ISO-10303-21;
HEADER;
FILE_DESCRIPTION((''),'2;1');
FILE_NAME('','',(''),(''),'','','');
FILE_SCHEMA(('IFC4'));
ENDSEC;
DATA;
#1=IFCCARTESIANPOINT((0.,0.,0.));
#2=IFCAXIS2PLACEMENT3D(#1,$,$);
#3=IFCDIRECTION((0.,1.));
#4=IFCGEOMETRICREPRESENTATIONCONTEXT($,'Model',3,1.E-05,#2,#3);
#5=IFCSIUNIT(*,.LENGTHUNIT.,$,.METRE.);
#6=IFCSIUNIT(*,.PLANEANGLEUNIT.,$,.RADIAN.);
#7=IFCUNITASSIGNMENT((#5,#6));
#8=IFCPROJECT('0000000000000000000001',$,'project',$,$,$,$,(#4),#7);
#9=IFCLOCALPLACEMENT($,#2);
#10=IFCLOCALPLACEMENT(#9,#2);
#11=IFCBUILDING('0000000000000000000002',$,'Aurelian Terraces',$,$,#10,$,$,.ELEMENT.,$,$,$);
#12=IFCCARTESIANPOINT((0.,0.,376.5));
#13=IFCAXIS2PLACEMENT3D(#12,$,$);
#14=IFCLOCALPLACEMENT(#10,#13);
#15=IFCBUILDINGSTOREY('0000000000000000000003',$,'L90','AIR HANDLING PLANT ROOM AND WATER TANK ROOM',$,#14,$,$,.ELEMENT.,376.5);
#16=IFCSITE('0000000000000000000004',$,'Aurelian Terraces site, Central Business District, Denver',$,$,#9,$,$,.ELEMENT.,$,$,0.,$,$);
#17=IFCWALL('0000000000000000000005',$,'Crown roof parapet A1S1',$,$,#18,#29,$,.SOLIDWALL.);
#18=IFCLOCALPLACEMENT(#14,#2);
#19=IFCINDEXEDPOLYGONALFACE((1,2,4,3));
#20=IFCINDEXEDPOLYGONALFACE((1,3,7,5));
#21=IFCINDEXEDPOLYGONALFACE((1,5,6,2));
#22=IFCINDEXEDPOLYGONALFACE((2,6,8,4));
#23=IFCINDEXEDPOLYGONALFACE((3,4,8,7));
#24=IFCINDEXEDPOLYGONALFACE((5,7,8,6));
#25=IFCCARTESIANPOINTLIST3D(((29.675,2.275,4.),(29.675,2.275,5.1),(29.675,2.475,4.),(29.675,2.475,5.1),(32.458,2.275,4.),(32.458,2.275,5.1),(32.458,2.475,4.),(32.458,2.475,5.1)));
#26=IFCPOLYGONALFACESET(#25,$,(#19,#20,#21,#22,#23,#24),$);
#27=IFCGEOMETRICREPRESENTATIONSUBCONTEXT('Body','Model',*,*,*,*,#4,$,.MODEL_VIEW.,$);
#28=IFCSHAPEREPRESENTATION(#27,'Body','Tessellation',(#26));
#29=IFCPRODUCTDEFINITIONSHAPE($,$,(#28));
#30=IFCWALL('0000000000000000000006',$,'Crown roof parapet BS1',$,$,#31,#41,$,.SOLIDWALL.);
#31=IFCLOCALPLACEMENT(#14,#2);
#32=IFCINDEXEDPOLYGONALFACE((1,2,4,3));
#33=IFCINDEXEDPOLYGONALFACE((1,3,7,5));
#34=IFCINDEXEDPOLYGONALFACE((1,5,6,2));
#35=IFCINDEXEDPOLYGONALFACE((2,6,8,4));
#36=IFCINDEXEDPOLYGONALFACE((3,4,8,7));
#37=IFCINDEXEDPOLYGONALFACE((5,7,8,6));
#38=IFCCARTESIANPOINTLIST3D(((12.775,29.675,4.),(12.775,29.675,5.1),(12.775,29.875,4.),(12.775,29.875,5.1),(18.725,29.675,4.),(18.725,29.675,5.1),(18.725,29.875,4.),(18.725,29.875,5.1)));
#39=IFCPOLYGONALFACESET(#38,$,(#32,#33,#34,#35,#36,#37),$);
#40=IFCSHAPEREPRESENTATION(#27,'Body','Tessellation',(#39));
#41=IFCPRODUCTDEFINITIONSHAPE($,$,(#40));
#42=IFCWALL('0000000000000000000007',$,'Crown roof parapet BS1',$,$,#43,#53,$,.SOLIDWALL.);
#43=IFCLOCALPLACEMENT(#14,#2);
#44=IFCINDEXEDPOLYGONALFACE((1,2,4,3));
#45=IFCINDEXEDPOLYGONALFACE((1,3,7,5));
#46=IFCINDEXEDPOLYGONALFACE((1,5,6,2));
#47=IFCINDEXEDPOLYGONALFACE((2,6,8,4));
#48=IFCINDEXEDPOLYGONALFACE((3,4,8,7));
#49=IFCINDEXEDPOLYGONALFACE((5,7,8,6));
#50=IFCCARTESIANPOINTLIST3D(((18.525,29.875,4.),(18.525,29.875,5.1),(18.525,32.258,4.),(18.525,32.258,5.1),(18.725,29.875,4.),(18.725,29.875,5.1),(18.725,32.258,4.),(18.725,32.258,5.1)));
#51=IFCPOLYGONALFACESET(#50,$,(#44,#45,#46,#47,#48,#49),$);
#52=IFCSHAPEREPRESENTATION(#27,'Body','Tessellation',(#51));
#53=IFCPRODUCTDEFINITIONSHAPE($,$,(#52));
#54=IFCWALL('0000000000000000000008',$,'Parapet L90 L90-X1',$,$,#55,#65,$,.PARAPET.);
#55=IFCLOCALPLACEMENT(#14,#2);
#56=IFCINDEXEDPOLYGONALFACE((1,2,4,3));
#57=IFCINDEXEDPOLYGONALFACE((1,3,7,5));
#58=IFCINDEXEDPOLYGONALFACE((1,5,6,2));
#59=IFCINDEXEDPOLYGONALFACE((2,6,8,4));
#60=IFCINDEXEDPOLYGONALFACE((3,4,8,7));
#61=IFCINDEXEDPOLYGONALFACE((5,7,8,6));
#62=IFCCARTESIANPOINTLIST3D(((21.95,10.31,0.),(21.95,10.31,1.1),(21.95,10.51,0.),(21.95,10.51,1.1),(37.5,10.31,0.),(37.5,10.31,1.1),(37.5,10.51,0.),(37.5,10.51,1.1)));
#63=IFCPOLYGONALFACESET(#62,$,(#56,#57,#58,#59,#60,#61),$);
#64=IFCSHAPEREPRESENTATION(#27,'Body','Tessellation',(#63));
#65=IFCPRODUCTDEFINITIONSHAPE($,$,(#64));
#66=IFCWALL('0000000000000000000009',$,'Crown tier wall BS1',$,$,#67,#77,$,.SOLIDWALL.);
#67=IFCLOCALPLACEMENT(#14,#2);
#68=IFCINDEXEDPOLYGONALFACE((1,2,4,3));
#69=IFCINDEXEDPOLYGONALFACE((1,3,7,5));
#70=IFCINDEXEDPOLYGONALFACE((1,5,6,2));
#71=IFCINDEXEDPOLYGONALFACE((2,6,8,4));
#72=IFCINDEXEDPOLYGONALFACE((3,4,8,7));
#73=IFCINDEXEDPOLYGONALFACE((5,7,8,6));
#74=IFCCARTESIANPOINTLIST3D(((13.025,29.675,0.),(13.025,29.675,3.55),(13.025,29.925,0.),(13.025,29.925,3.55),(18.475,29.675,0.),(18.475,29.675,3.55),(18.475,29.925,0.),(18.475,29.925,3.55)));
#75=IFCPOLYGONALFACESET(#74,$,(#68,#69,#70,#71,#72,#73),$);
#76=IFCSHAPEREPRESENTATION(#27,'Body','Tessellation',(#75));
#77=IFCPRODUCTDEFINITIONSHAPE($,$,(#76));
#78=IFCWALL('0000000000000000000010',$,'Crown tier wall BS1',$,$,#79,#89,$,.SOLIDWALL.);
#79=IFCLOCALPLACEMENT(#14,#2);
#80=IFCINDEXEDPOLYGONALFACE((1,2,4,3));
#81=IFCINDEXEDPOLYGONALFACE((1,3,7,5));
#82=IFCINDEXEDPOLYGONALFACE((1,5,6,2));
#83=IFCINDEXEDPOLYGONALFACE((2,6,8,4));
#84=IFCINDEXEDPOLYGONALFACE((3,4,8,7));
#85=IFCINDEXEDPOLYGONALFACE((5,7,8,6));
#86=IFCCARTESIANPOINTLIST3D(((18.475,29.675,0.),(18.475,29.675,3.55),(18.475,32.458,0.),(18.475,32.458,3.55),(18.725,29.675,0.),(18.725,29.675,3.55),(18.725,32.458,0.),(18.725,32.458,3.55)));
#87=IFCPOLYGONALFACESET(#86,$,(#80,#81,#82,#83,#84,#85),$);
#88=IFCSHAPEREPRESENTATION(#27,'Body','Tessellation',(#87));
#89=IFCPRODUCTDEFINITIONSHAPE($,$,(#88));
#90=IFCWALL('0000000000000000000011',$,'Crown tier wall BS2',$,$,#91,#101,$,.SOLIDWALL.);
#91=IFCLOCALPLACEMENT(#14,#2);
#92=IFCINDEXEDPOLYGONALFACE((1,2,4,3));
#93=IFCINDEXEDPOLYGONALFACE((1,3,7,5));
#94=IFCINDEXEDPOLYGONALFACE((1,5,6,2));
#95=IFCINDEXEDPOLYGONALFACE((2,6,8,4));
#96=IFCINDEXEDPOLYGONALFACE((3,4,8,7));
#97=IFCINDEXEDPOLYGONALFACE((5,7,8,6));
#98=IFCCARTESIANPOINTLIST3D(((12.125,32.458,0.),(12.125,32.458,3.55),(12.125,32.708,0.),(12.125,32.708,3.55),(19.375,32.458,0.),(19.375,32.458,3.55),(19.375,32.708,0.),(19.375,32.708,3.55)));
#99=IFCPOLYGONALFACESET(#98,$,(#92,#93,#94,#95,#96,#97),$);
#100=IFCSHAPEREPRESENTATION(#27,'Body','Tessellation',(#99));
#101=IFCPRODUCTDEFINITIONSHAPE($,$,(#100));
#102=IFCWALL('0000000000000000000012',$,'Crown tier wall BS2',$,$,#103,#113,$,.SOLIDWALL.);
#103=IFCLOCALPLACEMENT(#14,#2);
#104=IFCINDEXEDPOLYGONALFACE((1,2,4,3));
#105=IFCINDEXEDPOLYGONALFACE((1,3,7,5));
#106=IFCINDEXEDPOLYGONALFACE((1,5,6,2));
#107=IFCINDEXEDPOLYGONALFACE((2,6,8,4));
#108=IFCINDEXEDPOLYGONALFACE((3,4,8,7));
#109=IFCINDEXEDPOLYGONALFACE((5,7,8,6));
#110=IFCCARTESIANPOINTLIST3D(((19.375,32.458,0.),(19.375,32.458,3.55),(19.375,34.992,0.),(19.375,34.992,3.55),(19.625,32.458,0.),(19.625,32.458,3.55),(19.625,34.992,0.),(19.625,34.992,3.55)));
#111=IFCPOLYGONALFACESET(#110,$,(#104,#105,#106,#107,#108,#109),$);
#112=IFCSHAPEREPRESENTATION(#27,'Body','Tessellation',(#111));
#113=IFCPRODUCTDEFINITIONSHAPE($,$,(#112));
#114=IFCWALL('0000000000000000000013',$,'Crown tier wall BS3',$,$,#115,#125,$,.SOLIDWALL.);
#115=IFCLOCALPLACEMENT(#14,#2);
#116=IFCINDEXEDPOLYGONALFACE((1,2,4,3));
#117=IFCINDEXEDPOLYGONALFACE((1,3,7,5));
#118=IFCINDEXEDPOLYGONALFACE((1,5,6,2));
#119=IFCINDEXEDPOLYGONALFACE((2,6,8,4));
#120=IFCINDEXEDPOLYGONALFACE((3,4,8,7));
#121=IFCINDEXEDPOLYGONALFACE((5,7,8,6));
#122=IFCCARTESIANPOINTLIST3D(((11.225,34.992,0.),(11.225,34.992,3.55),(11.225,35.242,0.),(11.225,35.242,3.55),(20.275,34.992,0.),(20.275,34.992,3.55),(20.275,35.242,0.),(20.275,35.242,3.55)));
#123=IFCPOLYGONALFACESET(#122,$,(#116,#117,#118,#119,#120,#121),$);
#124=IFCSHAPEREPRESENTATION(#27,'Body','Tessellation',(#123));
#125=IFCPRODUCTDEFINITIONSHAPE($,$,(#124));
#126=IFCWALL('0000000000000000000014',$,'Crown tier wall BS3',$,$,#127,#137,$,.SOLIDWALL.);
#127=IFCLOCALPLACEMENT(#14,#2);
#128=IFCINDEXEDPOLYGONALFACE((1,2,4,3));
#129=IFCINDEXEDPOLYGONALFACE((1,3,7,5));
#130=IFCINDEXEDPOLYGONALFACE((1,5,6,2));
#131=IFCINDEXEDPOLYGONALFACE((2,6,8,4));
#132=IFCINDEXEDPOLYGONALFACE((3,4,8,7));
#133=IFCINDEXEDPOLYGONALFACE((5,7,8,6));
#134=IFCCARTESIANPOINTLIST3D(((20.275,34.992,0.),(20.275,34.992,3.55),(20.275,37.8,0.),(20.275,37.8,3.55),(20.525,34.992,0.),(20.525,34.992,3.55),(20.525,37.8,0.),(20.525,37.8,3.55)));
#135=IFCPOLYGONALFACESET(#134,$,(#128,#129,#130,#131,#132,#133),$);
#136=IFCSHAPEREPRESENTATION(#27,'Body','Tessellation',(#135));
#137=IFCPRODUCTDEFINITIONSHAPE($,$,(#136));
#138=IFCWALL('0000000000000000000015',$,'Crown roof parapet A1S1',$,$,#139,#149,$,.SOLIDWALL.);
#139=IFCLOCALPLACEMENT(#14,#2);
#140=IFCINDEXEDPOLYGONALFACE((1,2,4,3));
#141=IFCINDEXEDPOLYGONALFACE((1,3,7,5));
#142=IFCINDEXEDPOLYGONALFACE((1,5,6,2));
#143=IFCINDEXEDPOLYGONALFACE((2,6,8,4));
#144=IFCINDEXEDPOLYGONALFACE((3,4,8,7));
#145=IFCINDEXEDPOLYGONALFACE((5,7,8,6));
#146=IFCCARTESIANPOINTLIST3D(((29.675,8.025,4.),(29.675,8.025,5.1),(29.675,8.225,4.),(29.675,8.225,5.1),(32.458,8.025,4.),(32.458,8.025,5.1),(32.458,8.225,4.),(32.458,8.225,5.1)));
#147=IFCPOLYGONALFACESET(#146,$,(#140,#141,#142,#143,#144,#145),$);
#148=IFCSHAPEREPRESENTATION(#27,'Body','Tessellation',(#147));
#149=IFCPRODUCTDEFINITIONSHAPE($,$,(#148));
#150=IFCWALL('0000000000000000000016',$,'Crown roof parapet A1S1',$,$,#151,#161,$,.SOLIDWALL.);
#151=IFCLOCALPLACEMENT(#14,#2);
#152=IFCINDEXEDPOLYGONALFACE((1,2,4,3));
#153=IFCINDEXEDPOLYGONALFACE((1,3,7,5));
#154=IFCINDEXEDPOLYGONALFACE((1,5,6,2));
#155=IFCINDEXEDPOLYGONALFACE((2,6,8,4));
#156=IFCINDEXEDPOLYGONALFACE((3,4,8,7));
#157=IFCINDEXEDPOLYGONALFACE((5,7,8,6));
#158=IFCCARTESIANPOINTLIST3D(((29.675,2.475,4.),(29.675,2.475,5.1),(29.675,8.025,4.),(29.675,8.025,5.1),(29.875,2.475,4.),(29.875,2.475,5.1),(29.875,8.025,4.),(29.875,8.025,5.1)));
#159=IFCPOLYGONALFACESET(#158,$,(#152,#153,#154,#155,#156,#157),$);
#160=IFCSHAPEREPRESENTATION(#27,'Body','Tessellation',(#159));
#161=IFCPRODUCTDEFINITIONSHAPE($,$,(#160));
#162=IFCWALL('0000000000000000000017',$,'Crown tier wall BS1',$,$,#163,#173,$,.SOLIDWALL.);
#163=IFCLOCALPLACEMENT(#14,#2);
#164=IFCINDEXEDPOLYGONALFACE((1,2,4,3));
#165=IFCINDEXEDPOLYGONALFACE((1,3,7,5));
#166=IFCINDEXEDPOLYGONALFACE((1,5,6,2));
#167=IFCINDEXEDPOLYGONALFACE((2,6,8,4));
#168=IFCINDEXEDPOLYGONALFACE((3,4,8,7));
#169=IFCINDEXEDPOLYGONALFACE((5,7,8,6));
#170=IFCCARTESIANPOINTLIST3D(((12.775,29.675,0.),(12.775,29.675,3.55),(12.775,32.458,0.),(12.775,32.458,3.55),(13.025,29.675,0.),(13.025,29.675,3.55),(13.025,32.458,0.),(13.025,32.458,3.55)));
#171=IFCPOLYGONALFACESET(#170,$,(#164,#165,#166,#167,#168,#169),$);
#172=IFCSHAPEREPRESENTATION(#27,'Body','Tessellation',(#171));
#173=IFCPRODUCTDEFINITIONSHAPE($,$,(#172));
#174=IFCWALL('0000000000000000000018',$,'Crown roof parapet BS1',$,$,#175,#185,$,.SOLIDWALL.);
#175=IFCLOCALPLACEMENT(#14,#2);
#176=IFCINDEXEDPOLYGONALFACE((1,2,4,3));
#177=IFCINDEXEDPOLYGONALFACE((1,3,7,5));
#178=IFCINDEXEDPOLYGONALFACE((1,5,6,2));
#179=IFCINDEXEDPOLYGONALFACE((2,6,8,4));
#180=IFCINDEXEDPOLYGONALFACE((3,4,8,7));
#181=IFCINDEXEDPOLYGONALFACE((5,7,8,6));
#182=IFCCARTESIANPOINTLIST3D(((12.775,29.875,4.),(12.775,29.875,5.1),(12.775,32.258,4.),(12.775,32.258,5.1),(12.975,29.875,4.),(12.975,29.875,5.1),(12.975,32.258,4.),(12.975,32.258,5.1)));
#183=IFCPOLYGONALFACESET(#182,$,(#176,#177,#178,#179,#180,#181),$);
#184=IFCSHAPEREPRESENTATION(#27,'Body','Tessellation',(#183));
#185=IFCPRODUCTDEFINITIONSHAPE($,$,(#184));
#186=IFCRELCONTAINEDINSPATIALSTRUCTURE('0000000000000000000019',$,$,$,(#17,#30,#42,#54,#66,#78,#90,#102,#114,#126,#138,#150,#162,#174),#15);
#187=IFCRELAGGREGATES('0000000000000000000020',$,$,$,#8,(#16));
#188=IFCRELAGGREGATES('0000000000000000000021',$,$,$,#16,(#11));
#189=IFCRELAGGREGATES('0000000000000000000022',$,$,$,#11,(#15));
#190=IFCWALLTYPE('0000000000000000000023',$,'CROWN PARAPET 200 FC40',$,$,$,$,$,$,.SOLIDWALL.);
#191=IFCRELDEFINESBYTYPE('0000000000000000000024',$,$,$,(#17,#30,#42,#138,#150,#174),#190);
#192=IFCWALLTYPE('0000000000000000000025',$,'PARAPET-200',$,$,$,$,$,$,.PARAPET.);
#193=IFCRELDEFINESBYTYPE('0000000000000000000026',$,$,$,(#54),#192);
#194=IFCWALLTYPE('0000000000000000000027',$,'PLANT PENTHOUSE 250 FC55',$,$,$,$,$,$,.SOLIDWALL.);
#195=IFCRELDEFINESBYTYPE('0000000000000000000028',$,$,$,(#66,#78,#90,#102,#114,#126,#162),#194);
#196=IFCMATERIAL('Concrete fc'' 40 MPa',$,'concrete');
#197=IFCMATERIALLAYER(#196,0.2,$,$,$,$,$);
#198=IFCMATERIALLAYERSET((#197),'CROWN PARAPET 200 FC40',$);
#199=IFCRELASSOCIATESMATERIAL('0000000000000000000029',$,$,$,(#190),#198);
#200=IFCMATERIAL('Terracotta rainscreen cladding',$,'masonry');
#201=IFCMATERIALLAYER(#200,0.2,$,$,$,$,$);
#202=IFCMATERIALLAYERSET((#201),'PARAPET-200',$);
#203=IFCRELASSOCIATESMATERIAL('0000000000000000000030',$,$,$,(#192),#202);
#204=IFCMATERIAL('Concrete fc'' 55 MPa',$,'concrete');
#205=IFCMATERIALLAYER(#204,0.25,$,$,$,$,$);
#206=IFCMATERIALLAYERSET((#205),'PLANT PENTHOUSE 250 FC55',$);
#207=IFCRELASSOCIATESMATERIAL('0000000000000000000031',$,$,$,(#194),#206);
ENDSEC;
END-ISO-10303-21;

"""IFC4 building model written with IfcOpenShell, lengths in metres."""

from ifc_helpers import new_model, si_unit, direction, frame, frame_2d, origin, place, context, subcontext, project, spatial, rectangle, extrude, source, transform, mapped, material, layer, layer_set, type_object, element, save


model = new_model("IFC4")

# Units and contexts
model_context = context("Model", 3, precision=1e-05, world=origin(), true_north=direction((0.0, 1.0)))
body_context = subcontext(model_context, "Body", "Model", "MODEL_VIEW")
ifc_project = project(units=[si_unit("LENGTHUNIT", "METRE"), si_unit("PLANEANGLEUNIT", "RADIAN")], contexts=[model_context])

# Site, building, storey
site_placement = place(None, origin())
site = spatial("IfcSite", under=ifc_project, at=site_placement, Name="Aurelian Terraces site, Central Business District, Denver", CompositionType="ELEMENT", RefElevation=0.0)
building_placement = place(site_placement, origin())
building = spatial("IfcBuilding", under=site, at=building_placement, Name="Aurelian Terraces", CompositionType="ELEMENT")
storey_placement = place(building_placement, frame((0.0, 0.0, 376.5)))
storey = spatial("IfcBuildingStorey", under=building, at=storey_placement, Name="L90", Description="AIR HANDLING PLANT ROOM AND WATER TANK ROOM", CompositionType="ELEMENT", Elevation=376.5)

# Shared definitions
ifc_material_1 = material(Name="Concrete fc' 40 MPa", Category="concrete")

# Walls
ifc_layer_1 = layer(ifc_material_1, 0.2)
ifc_layer_set_1 = layer_set([ifc_layer_1], Name="CROWN PARAPET 200 FC40")
wall_type_1 = type_object("IfcWallType", Name="CROWN PARAPET 200 FC40", PredefinedType="SOLIDWALL", material=ifc_layer_set_1)
wall_1_placement = place(storey_placement, frame((29.675, 2.375, 4.0), z_axis=(0.0, 0.0, 1.0), x_axis=(1.0, 0.0, 0.0)))
element("IfcWall", 1, at=wall_1_placement, inside=storey, type_object=wall_type_1, Name="Crown roof parapet A1S1", PredefinedType="SOLIDWALL", context=body_context, shape_type="SweptSolid", body=[
    extrude(rectangle(XDim=2.783, YDim=0.2, at=frame_2d((1.3915, 0.0))), origin(), (0.0, 0.0, 1.0), 1.1),
])
wall_2_placement = place(storey_placement, frame((12.775, 29.775, 4.0), z_axis=(0.0, 0.0, 1.0), x_axis=(1.0, 0.0, 0.0)))
element("IfcWall", 2, at=wall_2_placement, inside=storey, type_object=wall_type_1, Name="Crown roof parapet BS1", PredefinedType="SOLIDWALL", context=body_context, shape_type="SweptSolid", body=[
    extrude(rectangle(XDim=5.95, YDim=0.2, at=frame_2d((2.975, 0.0))), origin(), (0.0, 0.0, 1.0), 1.1),
])
wall_3_placement = place(storey_placement, frame((18.625, 29.875, 4.0), z_axis=(0.0, 0.0, 1.0), x_axis=(0.0, 1.0, 0.0)))
element("IfcWall", 3, at=wall_3_placement, inside=storey, type_object=wall_type_1, Name="Crown roof parapet BS1", PredefinedType="SOLIDWALL", context=body_context, shape_type="SweptSolid", body=[
    extrude(rectangle(XDim=2.383, YDim=0.2, at=frame_2d((1.1915, 0.0))), origin(), (0.0, 0.0, 1.0), 1.1),
])
ifc_material_2 = material(Name="Terracotta rainscreen cladding", Category="masonry")
ifc_layer_2 = layer(ifc_material_2, 0.2)
ifc_layer_set_2 = layer_set([ifc_layer_2], Name="PARAPET-200")
wall_type_2 = type_object("IfcWallType", Name="PARAPET-200", PredefinedType="PARAPET", material=ifc_layer_set_2)
wall_4_placement = place(storey_placement, frame((21.95, 10.41, 0.0), z_axis=(0.0, 0.0, 1.0), x_axis=(1.0, 0.0, 0.0)))
element("IfcWall", 4, at=wall_4_placement, inside=storey, type_object=wall_type_2, Name="Parapet L90 L90-X1", PredefinedType="PARAPET", context=body_context, shape_type="SweptSolid", body=[
    extrude(rectangle(XDim=15.55, YDim=0.2, at=frame_2d((7.775, 0.0))), origin(), (0.0, 0.0, 1.0), 1.1),
])
ifc_material_3 = material(Name="Concrete fc' 55 MPa", Category="concrete")
ifc_layer_3 = layer(ifc_material_3, 0.25)
ifc_layer_set_3 = layer_set([ifc_layer_3], Name="PLANT PENTHOUSE 250 FC55")
wall_type_3 = type_object("IfcWallType", Name="PLANT PENTHOUSE 250 FC55", PredefinedType="SOLIDWALL", material=ifc_layer_set_3)
wall_5_placement = place(storey_placement, frame((13.025, 29.8, 0.0), z_axis=(0.0, 0.0, 1.0), x_axis=(1.0, 0.0, 0.0)))
element("IfcWall", 5, at=wall_5_placement, inside=storey, type_object=wall_type_3, Name="Crown tier wall BS1", PredefinedType="SOLIDWALL", context=body_context, shape_type="SweptSolid", body=[
    extrude(rectangle(XDim=5.45, YDim=0.25, at=frame_2d((2.725, 0.0))), origin(), (0.0, 0.0, 1.0), 3.55),
])
wall_6_placement = place(storey_placement, frame((18.6, 29.675, 0.0), z_axis=(0.0, 0.0, 1.0), x_axis=(0.0, 1.0, 0.0)))
element("IfcWall", 6, at=wall_6_placement, inside=storey, type_object=wall_type_3, Name="Crown tier wall BS1", PredefinedType="SOLIDWALL", context=body_context, shape_type="SweptSolid", body=[
    extrude(rectangle(XDim=2.783, YDim=0.25, at=frame_2d((1.3915, 0.0))), origin(), (0.0, 0.0, 1.0), 3.55),
])
wall_7_placement = place(storey_placement, frame((12.125, 32.583, 0.0), z_axis=(0.0, 0.0, 1.0), x_axis=(1.0, 0.0, 0.0)))
element("IfcWall", 7, at=wall_7_placement, inside=storey, type_object=wall_type_3, Name="Crown tier wall BS2", PredefinedType="SOLIDWALL", context=body_context, shape_type="SweptSolid", body=[
    extrude(rectangle(XDim=7.25, YDim=0.25, at=frame_2d((3.625, 0.0))), origin(), (0.0, 0.0, 1.0), 3.55),
])
wall_8_placement = place(storey_placement, frame((19.5, 32.458, 0.0), z_axis=(0.0, 0.0, 1.0), x_axis=(0.0, 1.0, 0.0)))
element("IfcWall", 8, at=wall_8_placement, inside=storey, type_object=wall_type_3, Name="Crown tier wall BS2", PredefinedType="SOLIDWALL", context=body_context, shape_type="SweptSolid", body=[
    extrude(rectangle(XDim=2.534, YDim=0.25, at=frame_2d((1.267, 0.0))), origin(), (0.0, 0.0, 1.0), 3.55),
])
wall_9_placement = place(storey_placement, frame((11.225, 35.117, 0.0), z_axis=(0.0, 0.0, 1.0), x_axis=(1.0, 0.0, 0.0)))
element("IfcWall", 9, at=wall_9_placement, inside=storey, type_object=wall_type_3, Name="Crown tier wall BS3", PredefinedType="SOLIDWALL", context=body_context, shape_type="SweptSolid", body=[
    extrude(rectangle(XDim=9.05, YDim=0.25, at=frame_2d((4.525, 0.0))), origin(), (0.0, 0.0, 1.0), 3.55),
])
wall_10_placement = place(storey_placement, frame((20.4, 34.992, 0.0), z_axis=(0.0, 0.0, 1.0), x_axis=(0.0, 1.0, 0.0)))
element("IfcWall", 10, at=wall_10_placement, inside=storey, type_object=wall_type_3, Name="Crown tier wall BS3", PredefinedType="SOLIDWALL", context=body_context, shape_type="SweptSolid", body=[
    extrude(rectangle(XDim=2.808, YDim=0.25, at=frame_2d((1.404, 0.0))), origin(), (0.0, 0.0, 1.0), 3.55),
])
shared_shape_1 = source(origin(), body_context, "Body", "SweptSolid", [
    extrude(rectangle(XDim=2.783, YDim=0.2, at=frame_2d((1.3915, 0.0))), origin(), (0.0, 0.0, 1.0), 1.1),
])
wall_11_placement = place(storey_placement, frame((29.675, 8.125, 4.0), z_axis=(0.0, 0.0, 1.0), x_axis=(1.0, 0.0, 0.0)))
element("IfcWall", 11, at=wall_11_placement, inside=storey, type_object=wall_type_1, Name="Crown roof parapet A1S1", PredefinedType="SOLIDWALL", context=body_context, shape_type="MappedRepresentation", body=[
    mapped(shared_shape_1, transform((0.0, 0.0, 0.0), scale=1.0)),
])
shared_shape_2 = source(origin(), body_context, "Body", "SweptSolid", [
    extrude(rectangle(XDim=5.55, YDim=0.2, at=frame_2d((2.775, 0.0))), origin(), (0.0, 0.0, 1.0), 1.1),
])
wall_12_placement = place(storey_placement, frame((29.775, 2.475, 4.0), z_axis=(0.0, 0.0, 1.0), x_axis=(0.0, 1.0, 0.0)))
element("IfcWall", 12, at=wall_12_placement, inside=storey, type_object=wall_type_1, Name="Crown roof parapet A1S1", PredefinedType="SOLIDWALL", context=body_context, shape_type="MappedRepresentation", body=[
    mapped(shared_shape_2, transform((0.0, 0.0, 0.0), scale=1.0)),
])
shared_shape_3 = source(origin(), body_context, "Body", "SweptSolid", [
    extrude(rectangle(XDim=2.783, YDim=0.25, at=frame_2d((1.3915, 0.0))), origin(), (0.0, 0.0, 1.0), 3.55),
])
wall_13_placement = place(storey_placement, frame((12.9, 32.458, 0.0), z_axis=(0.0, 0.0, 1.0), x_axis=(0.0, -1.0, 0.0)))
element("IfcWall", 13, at=wall_13_placement, inside=storey, type_object=wall_type_3, Name="Crown tier wall BS1", PredefinedType="SOLIDWALL", context=body_context, shape_type="MappedRepresentation", body=[
    mapped(shared_shape_3, transform((0.0, 0.0, 0.0), scale=1.0)),
])
shared_shape_4 = source(origin(), body_context, "Body", "SweptSolid", [
    extrude(rectangle(XDim=2.383, YDim=0.2, at=frame_2d((1.1915, 0.0))), origin(), (0.0, 0.0, 1.0), 1.1),
])
wall_14_placement = place(storey_placement, frame((12.875, 29.875, 4.0), z_axis=(0.0, 0.0, 1.0), x_axis=(0.0, 1.0, 0.0)))
element("IfcWall", 14, at=wall_14_placement, inside=storey, type_object=wall_type_1, Name="Crown roof parapet BS1", PredefinedType="SOLIDWALL", context=body_context, shape_type="MappedRepresentation", body=[
    mapped(shared_shape_4, transform((0.0, 0.0, 0.0), scale=1.0)),
])

save(model, "model.ifc")
